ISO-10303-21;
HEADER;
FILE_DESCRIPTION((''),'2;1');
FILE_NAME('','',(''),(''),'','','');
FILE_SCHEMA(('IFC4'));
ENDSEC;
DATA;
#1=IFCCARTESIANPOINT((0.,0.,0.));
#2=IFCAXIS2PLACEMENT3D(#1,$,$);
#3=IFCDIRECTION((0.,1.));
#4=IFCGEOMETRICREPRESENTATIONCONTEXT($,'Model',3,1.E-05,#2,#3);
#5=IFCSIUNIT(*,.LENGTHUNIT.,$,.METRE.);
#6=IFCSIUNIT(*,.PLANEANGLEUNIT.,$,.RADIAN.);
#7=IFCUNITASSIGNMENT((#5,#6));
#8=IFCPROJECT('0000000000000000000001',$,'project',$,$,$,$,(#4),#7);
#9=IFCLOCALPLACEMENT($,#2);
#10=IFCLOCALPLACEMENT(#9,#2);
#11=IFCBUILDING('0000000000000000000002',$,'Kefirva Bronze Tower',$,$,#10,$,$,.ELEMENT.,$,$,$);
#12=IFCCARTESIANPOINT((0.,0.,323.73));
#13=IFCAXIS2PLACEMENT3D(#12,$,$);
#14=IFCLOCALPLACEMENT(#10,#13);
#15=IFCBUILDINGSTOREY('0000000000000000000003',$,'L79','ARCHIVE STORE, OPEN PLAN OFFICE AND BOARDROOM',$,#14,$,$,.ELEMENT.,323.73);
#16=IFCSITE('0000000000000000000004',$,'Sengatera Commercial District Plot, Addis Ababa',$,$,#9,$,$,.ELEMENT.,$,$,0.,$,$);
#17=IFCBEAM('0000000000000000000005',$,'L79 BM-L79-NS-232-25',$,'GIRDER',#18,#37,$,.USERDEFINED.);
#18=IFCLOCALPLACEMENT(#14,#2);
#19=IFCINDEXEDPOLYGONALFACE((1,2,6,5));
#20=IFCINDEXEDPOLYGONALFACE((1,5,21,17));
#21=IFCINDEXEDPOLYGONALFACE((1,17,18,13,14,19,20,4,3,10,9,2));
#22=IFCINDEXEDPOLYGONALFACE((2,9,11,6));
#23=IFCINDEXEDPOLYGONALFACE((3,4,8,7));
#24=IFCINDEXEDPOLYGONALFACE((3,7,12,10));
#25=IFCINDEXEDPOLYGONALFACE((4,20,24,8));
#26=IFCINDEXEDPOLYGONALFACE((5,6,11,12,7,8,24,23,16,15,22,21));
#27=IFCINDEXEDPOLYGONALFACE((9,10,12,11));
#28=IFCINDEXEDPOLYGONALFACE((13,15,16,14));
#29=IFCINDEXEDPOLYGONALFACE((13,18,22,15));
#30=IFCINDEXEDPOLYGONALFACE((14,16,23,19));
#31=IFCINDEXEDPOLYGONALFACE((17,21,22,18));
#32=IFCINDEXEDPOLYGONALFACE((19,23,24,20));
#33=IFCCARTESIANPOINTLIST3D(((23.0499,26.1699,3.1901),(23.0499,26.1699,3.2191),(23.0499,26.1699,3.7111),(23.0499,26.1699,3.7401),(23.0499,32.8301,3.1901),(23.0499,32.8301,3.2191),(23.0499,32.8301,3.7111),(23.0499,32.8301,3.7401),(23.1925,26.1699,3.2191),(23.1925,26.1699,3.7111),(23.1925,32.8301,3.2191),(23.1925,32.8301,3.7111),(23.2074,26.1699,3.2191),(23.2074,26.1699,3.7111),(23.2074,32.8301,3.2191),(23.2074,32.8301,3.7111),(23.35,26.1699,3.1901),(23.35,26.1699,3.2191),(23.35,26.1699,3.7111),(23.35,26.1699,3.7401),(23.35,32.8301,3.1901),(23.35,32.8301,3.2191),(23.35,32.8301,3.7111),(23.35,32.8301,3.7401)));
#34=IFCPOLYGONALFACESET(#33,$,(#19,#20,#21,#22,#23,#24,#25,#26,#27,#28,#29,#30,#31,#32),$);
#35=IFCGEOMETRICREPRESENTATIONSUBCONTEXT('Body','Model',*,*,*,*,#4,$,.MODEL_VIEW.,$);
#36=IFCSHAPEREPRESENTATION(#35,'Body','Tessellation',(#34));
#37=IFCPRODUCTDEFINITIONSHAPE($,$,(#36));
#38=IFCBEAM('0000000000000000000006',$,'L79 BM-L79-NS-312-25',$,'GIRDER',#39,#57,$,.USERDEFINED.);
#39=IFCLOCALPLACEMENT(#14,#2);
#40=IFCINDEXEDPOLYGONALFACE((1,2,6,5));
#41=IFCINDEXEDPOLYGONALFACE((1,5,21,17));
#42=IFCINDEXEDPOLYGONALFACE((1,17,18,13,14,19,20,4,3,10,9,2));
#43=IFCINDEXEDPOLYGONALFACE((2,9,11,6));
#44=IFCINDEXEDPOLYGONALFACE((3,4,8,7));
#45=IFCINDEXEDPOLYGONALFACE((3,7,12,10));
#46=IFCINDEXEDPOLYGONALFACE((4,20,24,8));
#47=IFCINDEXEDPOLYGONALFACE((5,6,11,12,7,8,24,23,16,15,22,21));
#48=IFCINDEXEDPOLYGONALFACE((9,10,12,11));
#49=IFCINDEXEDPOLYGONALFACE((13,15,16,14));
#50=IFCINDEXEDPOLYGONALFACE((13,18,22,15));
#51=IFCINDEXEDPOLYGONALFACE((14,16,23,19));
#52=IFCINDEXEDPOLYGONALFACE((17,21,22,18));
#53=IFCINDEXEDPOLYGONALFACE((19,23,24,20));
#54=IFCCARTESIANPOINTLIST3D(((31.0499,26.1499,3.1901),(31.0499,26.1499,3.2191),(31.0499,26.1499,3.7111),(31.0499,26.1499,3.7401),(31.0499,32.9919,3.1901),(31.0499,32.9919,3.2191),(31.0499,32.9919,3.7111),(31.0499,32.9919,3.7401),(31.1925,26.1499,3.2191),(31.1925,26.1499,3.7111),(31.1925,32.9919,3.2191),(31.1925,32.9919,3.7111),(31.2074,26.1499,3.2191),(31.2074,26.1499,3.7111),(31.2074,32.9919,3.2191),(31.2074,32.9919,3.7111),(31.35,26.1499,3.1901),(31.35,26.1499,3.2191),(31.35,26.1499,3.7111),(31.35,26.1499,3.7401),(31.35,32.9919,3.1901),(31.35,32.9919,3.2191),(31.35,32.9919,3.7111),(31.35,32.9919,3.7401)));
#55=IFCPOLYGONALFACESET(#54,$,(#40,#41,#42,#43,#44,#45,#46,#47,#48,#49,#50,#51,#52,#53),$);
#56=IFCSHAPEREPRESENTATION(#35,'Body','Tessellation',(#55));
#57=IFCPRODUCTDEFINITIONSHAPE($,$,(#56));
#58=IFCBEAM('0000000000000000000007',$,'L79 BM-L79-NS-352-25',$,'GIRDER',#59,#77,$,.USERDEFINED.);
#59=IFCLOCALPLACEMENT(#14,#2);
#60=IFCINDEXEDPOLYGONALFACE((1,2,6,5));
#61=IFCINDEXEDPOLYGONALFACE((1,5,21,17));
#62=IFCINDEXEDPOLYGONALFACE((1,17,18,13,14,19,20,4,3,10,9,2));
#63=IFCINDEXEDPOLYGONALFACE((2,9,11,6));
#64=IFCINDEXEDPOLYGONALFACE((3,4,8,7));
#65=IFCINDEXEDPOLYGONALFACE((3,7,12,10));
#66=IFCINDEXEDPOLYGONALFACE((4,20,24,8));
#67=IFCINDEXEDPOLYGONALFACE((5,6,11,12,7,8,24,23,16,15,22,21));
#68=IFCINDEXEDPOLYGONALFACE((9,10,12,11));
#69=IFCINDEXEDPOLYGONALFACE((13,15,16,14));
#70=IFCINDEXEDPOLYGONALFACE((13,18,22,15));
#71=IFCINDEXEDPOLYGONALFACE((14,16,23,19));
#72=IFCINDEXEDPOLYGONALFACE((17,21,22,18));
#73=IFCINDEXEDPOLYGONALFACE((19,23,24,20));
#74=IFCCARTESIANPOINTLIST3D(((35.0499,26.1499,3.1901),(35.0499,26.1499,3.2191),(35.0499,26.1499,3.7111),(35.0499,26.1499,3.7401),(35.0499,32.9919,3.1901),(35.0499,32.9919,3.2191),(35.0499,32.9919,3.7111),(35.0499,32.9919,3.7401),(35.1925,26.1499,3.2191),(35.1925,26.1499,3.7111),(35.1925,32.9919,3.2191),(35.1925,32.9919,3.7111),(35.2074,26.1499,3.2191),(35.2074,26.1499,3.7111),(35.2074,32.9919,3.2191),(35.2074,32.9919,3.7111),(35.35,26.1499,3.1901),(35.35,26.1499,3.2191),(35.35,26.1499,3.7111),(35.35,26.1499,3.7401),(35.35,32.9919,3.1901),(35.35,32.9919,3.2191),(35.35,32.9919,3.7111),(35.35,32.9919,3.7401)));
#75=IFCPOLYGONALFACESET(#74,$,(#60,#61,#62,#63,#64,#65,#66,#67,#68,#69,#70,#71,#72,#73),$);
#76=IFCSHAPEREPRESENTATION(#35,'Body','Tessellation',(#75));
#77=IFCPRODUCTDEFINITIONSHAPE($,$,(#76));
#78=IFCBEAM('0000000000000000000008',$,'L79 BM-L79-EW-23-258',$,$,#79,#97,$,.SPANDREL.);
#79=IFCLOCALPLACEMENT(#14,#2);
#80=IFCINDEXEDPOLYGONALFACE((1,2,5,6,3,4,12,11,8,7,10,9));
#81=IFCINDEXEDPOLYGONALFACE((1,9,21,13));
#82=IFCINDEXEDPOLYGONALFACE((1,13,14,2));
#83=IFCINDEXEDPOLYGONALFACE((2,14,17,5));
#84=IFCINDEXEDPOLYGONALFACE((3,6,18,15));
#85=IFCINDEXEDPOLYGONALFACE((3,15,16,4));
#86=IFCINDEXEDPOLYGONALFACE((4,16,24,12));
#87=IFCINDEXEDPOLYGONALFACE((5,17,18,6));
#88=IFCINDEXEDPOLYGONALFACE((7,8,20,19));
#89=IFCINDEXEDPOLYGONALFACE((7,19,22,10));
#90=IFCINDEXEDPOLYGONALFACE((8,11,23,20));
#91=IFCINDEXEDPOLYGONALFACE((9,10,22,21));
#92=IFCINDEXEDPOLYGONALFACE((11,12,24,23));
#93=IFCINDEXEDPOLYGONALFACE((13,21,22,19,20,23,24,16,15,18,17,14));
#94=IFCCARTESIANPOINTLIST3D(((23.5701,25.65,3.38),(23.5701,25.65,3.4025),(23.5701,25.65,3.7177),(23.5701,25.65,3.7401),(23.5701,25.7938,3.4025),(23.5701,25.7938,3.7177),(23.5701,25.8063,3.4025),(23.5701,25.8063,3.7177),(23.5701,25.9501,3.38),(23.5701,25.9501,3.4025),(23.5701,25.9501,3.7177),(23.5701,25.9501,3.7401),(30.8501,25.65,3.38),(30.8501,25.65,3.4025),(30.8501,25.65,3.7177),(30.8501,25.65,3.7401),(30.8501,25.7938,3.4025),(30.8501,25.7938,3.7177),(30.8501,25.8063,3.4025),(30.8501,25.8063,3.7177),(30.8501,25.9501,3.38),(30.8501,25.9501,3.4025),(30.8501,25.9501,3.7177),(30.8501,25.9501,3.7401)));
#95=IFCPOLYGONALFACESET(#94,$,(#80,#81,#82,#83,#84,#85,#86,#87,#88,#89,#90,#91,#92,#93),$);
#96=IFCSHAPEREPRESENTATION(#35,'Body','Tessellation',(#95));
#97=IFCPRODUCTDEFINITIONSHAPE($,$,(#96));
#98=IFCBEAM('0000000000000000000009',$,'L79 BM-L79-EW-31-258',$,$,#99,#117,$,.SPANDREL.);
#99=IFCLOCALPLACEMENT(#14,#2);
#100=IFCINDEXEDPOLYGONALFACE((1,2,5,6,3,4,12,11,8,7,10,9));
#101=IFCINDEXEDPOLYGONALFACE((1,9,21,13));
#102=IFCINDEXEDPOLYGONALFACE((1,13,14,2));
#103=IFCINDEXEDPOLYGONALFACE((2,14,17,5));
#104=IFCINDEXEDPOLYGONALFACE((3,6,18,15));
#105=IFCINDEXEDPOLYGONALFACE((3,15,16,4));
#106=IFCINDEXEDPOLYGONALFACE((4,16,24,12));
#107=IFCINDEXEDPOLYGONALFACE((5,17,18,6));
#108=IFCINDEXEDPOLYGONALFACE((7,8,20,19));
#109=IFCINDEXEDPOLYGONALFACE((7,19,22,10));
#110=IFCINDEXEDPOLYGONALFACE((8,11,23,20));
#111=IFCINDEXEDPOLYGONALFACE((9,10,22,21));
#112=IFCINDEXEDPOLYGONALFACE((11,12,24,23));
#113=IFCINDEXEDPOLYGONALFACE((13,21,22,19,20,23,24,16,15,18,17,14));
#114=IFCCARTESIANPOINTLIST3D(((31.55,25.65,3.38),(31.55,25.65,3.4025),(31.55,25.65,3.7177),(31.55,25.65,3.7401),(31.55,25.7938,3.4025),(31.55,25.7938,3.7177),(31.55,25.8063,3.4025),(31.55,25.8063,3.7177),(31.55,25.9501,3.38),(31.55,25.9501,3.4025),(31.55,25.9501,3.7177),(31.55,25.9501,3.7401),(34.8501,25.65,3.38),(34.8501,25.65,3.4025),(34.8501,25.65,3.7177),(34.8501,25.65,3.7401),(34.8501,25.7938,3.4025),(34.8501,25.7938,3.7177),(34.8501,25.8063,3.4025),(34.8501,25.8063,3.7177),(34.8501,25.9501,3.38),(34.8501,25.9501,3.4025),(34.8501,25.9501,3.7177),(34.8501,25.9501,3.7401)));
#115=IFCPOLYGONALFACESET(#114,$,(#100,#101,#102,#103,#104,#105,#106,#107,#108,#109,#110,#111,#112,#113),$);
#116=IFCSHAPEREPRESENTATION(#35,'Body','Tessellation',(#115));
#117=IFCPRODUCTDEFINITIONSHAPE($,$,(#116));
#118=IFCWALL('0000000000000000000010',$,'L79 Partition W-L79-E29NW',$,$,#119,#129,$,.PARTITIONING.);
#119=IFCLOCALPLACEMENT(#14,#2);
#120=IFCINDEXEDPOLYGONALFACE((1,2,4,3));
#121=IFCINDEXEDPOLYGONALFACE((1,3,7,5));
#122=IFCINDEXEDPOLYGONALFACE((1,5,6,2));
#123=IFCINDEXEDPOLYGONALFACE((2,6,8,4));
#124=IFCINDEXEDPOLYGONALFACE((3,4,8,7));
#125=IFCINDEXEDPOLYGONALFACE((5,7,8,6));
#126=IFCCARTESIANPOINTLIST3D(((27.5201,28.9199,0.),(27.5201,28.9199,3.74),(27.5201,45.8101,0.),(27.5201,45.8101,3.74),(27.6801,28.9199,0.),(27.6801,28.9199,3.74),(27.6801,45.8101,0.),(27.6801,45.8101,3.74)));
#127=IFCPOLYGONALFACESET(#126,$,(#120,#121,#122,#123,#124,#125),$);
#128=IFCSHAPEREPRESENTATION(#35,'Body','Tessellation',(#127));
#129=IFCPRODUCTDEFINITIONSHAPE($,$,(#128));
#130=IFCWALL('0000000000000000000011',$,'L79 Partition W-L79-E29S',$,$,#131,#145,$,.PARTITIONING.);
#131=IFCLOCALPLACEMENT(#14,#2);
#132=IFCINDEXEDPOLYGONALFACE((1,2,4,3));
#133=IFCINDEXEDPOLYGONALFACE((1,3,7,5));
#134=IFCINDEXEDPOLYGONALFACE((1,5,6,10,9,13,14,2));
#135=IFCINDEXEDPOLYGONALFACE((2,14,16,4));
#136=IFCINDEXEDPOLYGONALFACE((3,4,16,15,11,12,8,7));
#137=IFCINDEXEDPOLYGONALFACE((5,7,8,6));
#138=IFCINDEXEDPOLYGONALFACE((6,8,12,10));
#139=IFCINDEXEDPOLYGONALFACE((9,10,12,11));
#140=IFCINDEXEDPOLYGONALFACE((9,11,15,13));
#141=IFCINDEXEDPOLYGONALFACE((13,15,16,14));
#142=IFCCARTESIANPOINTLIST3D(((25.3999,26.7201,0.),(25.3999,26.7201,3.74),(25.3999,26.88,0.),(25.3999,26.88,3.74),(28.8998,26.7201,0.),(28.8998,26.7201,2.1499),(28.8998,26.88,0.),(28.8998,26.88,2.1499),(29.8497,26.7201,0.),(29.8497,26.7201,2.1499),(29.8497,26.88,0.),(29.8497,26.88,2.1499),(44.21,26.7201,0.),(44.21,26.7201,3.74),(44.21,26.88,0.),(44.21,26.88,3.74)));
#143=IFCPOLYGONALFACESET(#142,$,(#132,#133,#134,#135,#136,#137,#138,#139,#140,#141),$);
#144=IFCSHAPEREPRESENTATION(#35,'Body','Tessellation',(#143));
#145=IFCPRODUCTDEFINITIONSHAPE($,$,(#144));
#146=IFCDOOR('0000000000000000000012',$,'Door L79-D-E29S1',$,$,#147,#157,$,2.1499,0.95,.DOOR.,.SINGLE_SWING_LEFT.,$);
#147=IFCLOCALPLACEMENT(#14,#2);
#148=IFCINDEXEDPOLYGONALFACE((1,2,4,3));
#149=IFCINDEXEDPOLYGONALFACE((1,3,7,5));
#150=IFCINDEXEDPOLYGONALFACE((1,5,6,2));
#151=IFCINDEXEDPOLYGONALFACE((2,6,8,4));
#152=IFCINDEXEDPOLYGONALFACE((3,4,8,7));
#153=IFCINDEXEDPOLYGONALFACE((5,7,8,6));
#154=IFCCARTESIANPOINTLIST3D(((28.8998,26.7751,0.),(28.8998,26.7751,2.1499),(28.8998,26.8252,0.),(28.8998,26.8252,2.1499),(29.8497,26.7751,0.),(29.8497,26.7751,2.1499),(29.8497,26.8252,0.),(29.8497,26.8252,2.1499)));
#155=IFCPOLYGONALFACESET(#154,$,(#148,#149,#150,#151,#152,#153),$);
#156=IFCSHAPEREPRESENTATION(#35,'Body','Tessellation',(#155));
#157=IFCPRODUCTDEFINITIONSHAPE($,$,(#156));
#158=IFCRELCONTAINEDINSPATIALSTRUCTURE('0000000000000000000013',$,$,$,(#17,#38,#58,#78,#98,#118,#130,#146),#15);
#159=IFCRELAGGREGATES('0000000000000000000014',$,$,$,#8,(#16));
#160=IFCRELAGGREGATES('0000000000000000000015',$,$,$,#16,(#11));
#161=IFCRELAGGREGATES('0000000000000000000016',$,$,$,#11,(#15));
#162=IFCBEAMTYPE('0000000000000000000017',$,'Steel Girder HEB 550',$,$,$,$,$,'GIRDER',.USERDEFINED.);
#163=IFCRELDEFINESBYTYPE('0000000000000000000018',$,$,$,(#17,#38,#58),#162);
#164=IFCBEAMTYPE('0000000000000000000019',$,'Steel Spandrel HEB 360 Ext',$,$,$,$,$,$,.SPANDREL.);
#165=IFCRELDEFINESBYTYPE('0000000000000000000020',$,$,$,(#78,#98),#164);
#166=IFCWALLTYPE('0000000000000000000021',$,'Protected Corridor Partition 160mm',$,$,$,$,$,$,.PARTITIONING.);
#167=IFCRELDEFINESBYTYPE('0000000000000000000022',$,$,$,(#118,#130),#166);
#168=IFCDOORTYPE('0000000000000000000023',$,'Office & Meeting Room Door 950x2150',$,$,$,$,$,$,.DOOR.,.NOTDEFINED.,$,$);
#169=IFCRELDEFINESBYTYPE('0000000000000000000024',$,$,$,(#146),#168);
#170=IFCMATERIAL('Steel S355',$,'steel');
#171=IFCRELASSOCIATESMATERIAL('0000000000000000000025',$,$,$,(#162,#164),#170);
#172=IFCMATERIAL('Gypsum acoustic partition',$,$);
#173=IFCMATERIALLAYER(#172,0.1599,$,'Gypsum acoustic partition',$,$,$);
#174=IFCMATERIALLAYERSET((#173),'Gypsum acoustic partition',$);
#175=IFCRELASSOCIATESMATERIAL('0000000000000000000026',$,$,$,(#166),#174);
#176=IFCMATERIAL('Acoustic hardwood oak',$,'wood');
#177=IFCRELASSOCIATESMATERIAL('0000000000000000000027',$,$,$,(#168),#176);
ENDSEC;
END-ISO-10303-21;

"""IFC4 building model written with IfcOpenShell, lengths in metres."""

from ifc_helpers import new_model, si_unit, direction, frame, frame_2d, origin, origin_2d, place, context, subcontext, project, spatial, rectangle, i_section, extrude, material, layer, layer_set, material_profile, profile_set, type_object, element, fill, save


model = new_model("IFC4")

# Units and contexts
model_context = context("Model", 3, precision=1e-05, world=origin(), true_north=direction((0.0, 1.0)))
body_context = subcontext(model_context, "Body", "Model", "MODEL_VIEW")
ifc_project = project(units=[si_unit("LENGTHUNIT", "METRE"), si_unit("PLANEANGLEUNIT", "RADIAN")], contexts=[model_context])

# Site, building, storey
site_placement = place(None, origin())
site = spatial("IfcSite", under=ifc_project, at=site_placement, Name="Sengatera Commercial District Plot, Addis Ababa", CompositionType="ELEMENT", RefElevation=0.0)
building_placement = place(site_placement, origin())
building = spatial("IfcBuilding", under=site, at=building_placement, Name="Kefirva Bronze Tower", CompositionType="ELEMENT")
storey_placement = place(building_placement, frame((0.0, 0.0, 323.73)))
storey = spatial("IfcBuildingStorey", under=building, at=storey_placement, Name="L79", Description="ARCHIVE STORE, OPEN PLAN OFFICE AND BOARDROOM", CompositionType="ELEMENT", Elevation=323.73)

# Beams
ifc_material_1 = material(Name="Steel S355", Category="steel")
ifc_material_profile_1 = material_profile(ifc_material_1, i_section(OverallWidth=0.3, OverallDepth=0.55, WebThickness=0.0149, FlangeThickness=0.0291, at=origin_2d()), Name="HEB 550")
ifc_profile_set_1 = profile_set([ifc_material_profile_1], Name="Steel S355")
beam_type_1 = type_object("IfcBeamType", Name="Steel Girder HEB 550", ElementType="GIRDER", PredefinedType="USERDEFINED", material=ifc_profile_set_1)
beam_1_placement = place(storey_placement, frame((23.2, 26.1699, 3.4651), z_axis=(0.0, 1.0, 0.0), x_axis=(-1.0, 0.0, 0.0)))
element("IfcBeam", 1, at=beam_1_placement, inside=storey, type_object=beam_type_1, Name="L79 BM-L79-NS-232-25", ObjectType="GIRDER", PredefinedType="USERDEFINED", context=body_context, shape_type="SweptSolid", body=[
    extrude(i_section(OverallWidth=0.3, OverallDepth=0.55, WebThickness=0.0149, FlangeThickness=0.0291, at=origin_2d()), origin(), (0.0, 0.0, 1.0), 6.6602),
])
for number, where, z_axis, x_axis, name in (
    (2, (31.2, 26.1499, 3.4651), (0.0, 1.0, 0.0), (-1.0, 0.0, 0.0), "L79 BM-L79-NS-312-25"),
    (3, (35.2, 26.1499, 3.4651), (0.0, 1.0, 0.0), (-1.0, 0.0, 0.0), "L79 BM-L79-NS-352-25"),
):
    element("IfcBeam", number, at=place(storey_placement, frame(where, z_axis=z_axis, x_axis=x_axis)), inside=storey, type_object=beam_type_1, Name=name, ObjectType="GIRDER", PredefinedType="USERDEFINED", context=body_context, shape_type="SweptSolid", body=[
        extrude(i_section(OverallWidth=0.3, OverallDepth=0.55, WebThickness=0.0149, FlangeThickness=0.0291, at=origin_2d()), origin(), (0.0, 0.0, 1.0), 6.842),
    ])
ifc_material_profile_2 = material_profile(ifc_material_1, i_section(OverallWidth=0.3, OverallDepth=0.3601, WebThickness=0.0125, FlangeThickness=0.0225, at=origin_2d()), Name="HEB 360")
ifc_profile_set_2 = profile_set([ifc_material_profile_2], Name="Steel S355")
beam_type_2 = type_object("IfcBeamType", Name="Steel Spandrel HEB 360 Ext", PredefinedType="SPANDREL", material=ifc_profile_set_2)
beam_2_placement = place(storey_placement, frame((23.5701, 25.8, 3.5601), z_axis=(1.0, 0.0, 0.0), x_axis=(0.0, 1.0, 0.0)))
element("IfcBeam", 4, at=beam_2_placement, inside=storey, type_object=beam_type_2, Name="L79 BM-L79-EW-23-258", PredefinedType="SPANDREL", context=body_context, shape_type="SweptSolid", body=[
    extrude(i_section(OverallWidth=0.3, OverallDepth=0.3601, WebThickness=0.0125, FlangeThickness=0.0225, at=origin_2d()), origin(), (0.0, 0.0, 1.0), 7.28),
])
beam_3_placement = place(storey_placement, frame((31.55, 25.8, 3.5601), z_axis=(1.0, 0.0, 0.0), x_axis=(0.0, 1.0, 0.0)))
element("IfcBeam", 5, at=beam_3_placement, inside=storey, type_object=beam_type_2, Name="L79 BM-L79-EW-31-258", PredefinedType="SPANDREL", context=body_context, shape_type="SweptSolid", body=[
    extrude(i_section(OverallWidth=0.3, OverallDepth=0.3601, WebThickness=0.0125, FlangeThickness=0.0225, at=origin_2d()), origin(), (0.0, 0.0, 1.0), 3.3),
])

# Shared definitions
ifc_material_2 = material(Name="Gypsum acoustic partition")
ifc_layer = layer(ifc_material_2, 0.1599, Name="Gypsum acoustic partition")
ifc_layer_set = layer_set([ifc_layer], Name="Gypsum acoustic partition")
wall_type = type_object("IfcWallType", Name="Protected Corridor Partition 160mm", PredefinedType="PARTITIONING", material=ifc_layer_set)
ifc_material_3 = material(Name="Acoustic hardwood oak", Category="wood")
door_type_1 = type_object("IfcDoorType", Name="Office & Meeting Room Door 950x2150", OperationType="NOTDEFINED", PredefinedType="DOOR", material=ifc_material_3)

# Wall
wall_1_placement = place(storey_placement, frame((27.6001, 28.9199, 0.0), z_axis=(0.0, 0.0, 1.0), x_axis=(0.0, 1.0, 0.0)))
element("IfcWall", 6, at=wall_1_placement, inside=storey, type_object=wall_type, Name="L79 Partition W-L79-E29NW", PredefinedType="PARTITIONING", context=body_context, shape_type="SweptSolid", body=[
    extrude(rectangle(XDim=16.8901, YDim=0.1599, at=frame_2d((8.4451, 0.0))), origin(), (0.0, 0.0, 1.0), 3.74),
])

# Wall, opening, door
wall_2_placement = place(storey_placement, frame((25.3999, 26.8, 0.0), z_axis=(0.0, 0.0, 1.0), x_axis=(1.0, 0.0, 0.0)))
wall_2 = element("IfcWall", 7, at=wall_2_placement, inside=storey, type_object=wall_type, Name="L79 Partition W-L79-E29S", PredefinedType="PARTITIONING", context=body_context, shape_type="SweptSolid", body=[
    extrude(rectangle(XDim=18.8101, YDim=0.1599, at=frame_2d((9.405, 0.0))), origin(), (0.0, 0.0, 1.0), 3.74),
])
opening_1_placement = place(wall_2_placement, frame((4.45, 0.0, 0.0), z_axis=(0.0, 0.0, 1.0), x_axis=(-1.0, 0.0, 0.0)))
opening_1 = element("IfcOpeningElement", 8, at=opening_1_placement, cuts=wall_2, PredefinedType="OPENING", context=body_context, shape_type="SweptSolid", body=[
    extrude(rectangle(XDim=0.95, YDim=2.1499, at=frame_2d((0.4751, 1.075))), frame((0.0, 0.0898, 0.0), z_axis=(0.0, -1.0, 0.0), x_axis=(1.0, 0.0, 0.0)), (0.0, 0.0, 1.0), 0.1799),
])
door_1_placement = place(opening_1_placement, origin())
door_1 = element("IfcDoor", 9, at=door_1_placement, inside=storey, type_object=door_type_1, Name="Door L79-D-E29S1", OperationType="SINGLE_SWING_LEFT", OverallHeight=2.1499, OverallWidth=0.95, PredefinedType="DOOR", context=body_context, shape_type="SweptSolid", body=[
    extrude(rectangle(XDim=0.95, YDim=2.1499, at=frame_2d((0.4751, 1.075))), frame((0.0, 0.0249, 0.0), z_axis=(0.0, -1.0, 0.0), x_axis=(1.0, 0.0, 0.0)), (0.0, 0.0, 1.0), 0.05),
])
fill(opening_1, door_1)

save(model, "model.ifc")
